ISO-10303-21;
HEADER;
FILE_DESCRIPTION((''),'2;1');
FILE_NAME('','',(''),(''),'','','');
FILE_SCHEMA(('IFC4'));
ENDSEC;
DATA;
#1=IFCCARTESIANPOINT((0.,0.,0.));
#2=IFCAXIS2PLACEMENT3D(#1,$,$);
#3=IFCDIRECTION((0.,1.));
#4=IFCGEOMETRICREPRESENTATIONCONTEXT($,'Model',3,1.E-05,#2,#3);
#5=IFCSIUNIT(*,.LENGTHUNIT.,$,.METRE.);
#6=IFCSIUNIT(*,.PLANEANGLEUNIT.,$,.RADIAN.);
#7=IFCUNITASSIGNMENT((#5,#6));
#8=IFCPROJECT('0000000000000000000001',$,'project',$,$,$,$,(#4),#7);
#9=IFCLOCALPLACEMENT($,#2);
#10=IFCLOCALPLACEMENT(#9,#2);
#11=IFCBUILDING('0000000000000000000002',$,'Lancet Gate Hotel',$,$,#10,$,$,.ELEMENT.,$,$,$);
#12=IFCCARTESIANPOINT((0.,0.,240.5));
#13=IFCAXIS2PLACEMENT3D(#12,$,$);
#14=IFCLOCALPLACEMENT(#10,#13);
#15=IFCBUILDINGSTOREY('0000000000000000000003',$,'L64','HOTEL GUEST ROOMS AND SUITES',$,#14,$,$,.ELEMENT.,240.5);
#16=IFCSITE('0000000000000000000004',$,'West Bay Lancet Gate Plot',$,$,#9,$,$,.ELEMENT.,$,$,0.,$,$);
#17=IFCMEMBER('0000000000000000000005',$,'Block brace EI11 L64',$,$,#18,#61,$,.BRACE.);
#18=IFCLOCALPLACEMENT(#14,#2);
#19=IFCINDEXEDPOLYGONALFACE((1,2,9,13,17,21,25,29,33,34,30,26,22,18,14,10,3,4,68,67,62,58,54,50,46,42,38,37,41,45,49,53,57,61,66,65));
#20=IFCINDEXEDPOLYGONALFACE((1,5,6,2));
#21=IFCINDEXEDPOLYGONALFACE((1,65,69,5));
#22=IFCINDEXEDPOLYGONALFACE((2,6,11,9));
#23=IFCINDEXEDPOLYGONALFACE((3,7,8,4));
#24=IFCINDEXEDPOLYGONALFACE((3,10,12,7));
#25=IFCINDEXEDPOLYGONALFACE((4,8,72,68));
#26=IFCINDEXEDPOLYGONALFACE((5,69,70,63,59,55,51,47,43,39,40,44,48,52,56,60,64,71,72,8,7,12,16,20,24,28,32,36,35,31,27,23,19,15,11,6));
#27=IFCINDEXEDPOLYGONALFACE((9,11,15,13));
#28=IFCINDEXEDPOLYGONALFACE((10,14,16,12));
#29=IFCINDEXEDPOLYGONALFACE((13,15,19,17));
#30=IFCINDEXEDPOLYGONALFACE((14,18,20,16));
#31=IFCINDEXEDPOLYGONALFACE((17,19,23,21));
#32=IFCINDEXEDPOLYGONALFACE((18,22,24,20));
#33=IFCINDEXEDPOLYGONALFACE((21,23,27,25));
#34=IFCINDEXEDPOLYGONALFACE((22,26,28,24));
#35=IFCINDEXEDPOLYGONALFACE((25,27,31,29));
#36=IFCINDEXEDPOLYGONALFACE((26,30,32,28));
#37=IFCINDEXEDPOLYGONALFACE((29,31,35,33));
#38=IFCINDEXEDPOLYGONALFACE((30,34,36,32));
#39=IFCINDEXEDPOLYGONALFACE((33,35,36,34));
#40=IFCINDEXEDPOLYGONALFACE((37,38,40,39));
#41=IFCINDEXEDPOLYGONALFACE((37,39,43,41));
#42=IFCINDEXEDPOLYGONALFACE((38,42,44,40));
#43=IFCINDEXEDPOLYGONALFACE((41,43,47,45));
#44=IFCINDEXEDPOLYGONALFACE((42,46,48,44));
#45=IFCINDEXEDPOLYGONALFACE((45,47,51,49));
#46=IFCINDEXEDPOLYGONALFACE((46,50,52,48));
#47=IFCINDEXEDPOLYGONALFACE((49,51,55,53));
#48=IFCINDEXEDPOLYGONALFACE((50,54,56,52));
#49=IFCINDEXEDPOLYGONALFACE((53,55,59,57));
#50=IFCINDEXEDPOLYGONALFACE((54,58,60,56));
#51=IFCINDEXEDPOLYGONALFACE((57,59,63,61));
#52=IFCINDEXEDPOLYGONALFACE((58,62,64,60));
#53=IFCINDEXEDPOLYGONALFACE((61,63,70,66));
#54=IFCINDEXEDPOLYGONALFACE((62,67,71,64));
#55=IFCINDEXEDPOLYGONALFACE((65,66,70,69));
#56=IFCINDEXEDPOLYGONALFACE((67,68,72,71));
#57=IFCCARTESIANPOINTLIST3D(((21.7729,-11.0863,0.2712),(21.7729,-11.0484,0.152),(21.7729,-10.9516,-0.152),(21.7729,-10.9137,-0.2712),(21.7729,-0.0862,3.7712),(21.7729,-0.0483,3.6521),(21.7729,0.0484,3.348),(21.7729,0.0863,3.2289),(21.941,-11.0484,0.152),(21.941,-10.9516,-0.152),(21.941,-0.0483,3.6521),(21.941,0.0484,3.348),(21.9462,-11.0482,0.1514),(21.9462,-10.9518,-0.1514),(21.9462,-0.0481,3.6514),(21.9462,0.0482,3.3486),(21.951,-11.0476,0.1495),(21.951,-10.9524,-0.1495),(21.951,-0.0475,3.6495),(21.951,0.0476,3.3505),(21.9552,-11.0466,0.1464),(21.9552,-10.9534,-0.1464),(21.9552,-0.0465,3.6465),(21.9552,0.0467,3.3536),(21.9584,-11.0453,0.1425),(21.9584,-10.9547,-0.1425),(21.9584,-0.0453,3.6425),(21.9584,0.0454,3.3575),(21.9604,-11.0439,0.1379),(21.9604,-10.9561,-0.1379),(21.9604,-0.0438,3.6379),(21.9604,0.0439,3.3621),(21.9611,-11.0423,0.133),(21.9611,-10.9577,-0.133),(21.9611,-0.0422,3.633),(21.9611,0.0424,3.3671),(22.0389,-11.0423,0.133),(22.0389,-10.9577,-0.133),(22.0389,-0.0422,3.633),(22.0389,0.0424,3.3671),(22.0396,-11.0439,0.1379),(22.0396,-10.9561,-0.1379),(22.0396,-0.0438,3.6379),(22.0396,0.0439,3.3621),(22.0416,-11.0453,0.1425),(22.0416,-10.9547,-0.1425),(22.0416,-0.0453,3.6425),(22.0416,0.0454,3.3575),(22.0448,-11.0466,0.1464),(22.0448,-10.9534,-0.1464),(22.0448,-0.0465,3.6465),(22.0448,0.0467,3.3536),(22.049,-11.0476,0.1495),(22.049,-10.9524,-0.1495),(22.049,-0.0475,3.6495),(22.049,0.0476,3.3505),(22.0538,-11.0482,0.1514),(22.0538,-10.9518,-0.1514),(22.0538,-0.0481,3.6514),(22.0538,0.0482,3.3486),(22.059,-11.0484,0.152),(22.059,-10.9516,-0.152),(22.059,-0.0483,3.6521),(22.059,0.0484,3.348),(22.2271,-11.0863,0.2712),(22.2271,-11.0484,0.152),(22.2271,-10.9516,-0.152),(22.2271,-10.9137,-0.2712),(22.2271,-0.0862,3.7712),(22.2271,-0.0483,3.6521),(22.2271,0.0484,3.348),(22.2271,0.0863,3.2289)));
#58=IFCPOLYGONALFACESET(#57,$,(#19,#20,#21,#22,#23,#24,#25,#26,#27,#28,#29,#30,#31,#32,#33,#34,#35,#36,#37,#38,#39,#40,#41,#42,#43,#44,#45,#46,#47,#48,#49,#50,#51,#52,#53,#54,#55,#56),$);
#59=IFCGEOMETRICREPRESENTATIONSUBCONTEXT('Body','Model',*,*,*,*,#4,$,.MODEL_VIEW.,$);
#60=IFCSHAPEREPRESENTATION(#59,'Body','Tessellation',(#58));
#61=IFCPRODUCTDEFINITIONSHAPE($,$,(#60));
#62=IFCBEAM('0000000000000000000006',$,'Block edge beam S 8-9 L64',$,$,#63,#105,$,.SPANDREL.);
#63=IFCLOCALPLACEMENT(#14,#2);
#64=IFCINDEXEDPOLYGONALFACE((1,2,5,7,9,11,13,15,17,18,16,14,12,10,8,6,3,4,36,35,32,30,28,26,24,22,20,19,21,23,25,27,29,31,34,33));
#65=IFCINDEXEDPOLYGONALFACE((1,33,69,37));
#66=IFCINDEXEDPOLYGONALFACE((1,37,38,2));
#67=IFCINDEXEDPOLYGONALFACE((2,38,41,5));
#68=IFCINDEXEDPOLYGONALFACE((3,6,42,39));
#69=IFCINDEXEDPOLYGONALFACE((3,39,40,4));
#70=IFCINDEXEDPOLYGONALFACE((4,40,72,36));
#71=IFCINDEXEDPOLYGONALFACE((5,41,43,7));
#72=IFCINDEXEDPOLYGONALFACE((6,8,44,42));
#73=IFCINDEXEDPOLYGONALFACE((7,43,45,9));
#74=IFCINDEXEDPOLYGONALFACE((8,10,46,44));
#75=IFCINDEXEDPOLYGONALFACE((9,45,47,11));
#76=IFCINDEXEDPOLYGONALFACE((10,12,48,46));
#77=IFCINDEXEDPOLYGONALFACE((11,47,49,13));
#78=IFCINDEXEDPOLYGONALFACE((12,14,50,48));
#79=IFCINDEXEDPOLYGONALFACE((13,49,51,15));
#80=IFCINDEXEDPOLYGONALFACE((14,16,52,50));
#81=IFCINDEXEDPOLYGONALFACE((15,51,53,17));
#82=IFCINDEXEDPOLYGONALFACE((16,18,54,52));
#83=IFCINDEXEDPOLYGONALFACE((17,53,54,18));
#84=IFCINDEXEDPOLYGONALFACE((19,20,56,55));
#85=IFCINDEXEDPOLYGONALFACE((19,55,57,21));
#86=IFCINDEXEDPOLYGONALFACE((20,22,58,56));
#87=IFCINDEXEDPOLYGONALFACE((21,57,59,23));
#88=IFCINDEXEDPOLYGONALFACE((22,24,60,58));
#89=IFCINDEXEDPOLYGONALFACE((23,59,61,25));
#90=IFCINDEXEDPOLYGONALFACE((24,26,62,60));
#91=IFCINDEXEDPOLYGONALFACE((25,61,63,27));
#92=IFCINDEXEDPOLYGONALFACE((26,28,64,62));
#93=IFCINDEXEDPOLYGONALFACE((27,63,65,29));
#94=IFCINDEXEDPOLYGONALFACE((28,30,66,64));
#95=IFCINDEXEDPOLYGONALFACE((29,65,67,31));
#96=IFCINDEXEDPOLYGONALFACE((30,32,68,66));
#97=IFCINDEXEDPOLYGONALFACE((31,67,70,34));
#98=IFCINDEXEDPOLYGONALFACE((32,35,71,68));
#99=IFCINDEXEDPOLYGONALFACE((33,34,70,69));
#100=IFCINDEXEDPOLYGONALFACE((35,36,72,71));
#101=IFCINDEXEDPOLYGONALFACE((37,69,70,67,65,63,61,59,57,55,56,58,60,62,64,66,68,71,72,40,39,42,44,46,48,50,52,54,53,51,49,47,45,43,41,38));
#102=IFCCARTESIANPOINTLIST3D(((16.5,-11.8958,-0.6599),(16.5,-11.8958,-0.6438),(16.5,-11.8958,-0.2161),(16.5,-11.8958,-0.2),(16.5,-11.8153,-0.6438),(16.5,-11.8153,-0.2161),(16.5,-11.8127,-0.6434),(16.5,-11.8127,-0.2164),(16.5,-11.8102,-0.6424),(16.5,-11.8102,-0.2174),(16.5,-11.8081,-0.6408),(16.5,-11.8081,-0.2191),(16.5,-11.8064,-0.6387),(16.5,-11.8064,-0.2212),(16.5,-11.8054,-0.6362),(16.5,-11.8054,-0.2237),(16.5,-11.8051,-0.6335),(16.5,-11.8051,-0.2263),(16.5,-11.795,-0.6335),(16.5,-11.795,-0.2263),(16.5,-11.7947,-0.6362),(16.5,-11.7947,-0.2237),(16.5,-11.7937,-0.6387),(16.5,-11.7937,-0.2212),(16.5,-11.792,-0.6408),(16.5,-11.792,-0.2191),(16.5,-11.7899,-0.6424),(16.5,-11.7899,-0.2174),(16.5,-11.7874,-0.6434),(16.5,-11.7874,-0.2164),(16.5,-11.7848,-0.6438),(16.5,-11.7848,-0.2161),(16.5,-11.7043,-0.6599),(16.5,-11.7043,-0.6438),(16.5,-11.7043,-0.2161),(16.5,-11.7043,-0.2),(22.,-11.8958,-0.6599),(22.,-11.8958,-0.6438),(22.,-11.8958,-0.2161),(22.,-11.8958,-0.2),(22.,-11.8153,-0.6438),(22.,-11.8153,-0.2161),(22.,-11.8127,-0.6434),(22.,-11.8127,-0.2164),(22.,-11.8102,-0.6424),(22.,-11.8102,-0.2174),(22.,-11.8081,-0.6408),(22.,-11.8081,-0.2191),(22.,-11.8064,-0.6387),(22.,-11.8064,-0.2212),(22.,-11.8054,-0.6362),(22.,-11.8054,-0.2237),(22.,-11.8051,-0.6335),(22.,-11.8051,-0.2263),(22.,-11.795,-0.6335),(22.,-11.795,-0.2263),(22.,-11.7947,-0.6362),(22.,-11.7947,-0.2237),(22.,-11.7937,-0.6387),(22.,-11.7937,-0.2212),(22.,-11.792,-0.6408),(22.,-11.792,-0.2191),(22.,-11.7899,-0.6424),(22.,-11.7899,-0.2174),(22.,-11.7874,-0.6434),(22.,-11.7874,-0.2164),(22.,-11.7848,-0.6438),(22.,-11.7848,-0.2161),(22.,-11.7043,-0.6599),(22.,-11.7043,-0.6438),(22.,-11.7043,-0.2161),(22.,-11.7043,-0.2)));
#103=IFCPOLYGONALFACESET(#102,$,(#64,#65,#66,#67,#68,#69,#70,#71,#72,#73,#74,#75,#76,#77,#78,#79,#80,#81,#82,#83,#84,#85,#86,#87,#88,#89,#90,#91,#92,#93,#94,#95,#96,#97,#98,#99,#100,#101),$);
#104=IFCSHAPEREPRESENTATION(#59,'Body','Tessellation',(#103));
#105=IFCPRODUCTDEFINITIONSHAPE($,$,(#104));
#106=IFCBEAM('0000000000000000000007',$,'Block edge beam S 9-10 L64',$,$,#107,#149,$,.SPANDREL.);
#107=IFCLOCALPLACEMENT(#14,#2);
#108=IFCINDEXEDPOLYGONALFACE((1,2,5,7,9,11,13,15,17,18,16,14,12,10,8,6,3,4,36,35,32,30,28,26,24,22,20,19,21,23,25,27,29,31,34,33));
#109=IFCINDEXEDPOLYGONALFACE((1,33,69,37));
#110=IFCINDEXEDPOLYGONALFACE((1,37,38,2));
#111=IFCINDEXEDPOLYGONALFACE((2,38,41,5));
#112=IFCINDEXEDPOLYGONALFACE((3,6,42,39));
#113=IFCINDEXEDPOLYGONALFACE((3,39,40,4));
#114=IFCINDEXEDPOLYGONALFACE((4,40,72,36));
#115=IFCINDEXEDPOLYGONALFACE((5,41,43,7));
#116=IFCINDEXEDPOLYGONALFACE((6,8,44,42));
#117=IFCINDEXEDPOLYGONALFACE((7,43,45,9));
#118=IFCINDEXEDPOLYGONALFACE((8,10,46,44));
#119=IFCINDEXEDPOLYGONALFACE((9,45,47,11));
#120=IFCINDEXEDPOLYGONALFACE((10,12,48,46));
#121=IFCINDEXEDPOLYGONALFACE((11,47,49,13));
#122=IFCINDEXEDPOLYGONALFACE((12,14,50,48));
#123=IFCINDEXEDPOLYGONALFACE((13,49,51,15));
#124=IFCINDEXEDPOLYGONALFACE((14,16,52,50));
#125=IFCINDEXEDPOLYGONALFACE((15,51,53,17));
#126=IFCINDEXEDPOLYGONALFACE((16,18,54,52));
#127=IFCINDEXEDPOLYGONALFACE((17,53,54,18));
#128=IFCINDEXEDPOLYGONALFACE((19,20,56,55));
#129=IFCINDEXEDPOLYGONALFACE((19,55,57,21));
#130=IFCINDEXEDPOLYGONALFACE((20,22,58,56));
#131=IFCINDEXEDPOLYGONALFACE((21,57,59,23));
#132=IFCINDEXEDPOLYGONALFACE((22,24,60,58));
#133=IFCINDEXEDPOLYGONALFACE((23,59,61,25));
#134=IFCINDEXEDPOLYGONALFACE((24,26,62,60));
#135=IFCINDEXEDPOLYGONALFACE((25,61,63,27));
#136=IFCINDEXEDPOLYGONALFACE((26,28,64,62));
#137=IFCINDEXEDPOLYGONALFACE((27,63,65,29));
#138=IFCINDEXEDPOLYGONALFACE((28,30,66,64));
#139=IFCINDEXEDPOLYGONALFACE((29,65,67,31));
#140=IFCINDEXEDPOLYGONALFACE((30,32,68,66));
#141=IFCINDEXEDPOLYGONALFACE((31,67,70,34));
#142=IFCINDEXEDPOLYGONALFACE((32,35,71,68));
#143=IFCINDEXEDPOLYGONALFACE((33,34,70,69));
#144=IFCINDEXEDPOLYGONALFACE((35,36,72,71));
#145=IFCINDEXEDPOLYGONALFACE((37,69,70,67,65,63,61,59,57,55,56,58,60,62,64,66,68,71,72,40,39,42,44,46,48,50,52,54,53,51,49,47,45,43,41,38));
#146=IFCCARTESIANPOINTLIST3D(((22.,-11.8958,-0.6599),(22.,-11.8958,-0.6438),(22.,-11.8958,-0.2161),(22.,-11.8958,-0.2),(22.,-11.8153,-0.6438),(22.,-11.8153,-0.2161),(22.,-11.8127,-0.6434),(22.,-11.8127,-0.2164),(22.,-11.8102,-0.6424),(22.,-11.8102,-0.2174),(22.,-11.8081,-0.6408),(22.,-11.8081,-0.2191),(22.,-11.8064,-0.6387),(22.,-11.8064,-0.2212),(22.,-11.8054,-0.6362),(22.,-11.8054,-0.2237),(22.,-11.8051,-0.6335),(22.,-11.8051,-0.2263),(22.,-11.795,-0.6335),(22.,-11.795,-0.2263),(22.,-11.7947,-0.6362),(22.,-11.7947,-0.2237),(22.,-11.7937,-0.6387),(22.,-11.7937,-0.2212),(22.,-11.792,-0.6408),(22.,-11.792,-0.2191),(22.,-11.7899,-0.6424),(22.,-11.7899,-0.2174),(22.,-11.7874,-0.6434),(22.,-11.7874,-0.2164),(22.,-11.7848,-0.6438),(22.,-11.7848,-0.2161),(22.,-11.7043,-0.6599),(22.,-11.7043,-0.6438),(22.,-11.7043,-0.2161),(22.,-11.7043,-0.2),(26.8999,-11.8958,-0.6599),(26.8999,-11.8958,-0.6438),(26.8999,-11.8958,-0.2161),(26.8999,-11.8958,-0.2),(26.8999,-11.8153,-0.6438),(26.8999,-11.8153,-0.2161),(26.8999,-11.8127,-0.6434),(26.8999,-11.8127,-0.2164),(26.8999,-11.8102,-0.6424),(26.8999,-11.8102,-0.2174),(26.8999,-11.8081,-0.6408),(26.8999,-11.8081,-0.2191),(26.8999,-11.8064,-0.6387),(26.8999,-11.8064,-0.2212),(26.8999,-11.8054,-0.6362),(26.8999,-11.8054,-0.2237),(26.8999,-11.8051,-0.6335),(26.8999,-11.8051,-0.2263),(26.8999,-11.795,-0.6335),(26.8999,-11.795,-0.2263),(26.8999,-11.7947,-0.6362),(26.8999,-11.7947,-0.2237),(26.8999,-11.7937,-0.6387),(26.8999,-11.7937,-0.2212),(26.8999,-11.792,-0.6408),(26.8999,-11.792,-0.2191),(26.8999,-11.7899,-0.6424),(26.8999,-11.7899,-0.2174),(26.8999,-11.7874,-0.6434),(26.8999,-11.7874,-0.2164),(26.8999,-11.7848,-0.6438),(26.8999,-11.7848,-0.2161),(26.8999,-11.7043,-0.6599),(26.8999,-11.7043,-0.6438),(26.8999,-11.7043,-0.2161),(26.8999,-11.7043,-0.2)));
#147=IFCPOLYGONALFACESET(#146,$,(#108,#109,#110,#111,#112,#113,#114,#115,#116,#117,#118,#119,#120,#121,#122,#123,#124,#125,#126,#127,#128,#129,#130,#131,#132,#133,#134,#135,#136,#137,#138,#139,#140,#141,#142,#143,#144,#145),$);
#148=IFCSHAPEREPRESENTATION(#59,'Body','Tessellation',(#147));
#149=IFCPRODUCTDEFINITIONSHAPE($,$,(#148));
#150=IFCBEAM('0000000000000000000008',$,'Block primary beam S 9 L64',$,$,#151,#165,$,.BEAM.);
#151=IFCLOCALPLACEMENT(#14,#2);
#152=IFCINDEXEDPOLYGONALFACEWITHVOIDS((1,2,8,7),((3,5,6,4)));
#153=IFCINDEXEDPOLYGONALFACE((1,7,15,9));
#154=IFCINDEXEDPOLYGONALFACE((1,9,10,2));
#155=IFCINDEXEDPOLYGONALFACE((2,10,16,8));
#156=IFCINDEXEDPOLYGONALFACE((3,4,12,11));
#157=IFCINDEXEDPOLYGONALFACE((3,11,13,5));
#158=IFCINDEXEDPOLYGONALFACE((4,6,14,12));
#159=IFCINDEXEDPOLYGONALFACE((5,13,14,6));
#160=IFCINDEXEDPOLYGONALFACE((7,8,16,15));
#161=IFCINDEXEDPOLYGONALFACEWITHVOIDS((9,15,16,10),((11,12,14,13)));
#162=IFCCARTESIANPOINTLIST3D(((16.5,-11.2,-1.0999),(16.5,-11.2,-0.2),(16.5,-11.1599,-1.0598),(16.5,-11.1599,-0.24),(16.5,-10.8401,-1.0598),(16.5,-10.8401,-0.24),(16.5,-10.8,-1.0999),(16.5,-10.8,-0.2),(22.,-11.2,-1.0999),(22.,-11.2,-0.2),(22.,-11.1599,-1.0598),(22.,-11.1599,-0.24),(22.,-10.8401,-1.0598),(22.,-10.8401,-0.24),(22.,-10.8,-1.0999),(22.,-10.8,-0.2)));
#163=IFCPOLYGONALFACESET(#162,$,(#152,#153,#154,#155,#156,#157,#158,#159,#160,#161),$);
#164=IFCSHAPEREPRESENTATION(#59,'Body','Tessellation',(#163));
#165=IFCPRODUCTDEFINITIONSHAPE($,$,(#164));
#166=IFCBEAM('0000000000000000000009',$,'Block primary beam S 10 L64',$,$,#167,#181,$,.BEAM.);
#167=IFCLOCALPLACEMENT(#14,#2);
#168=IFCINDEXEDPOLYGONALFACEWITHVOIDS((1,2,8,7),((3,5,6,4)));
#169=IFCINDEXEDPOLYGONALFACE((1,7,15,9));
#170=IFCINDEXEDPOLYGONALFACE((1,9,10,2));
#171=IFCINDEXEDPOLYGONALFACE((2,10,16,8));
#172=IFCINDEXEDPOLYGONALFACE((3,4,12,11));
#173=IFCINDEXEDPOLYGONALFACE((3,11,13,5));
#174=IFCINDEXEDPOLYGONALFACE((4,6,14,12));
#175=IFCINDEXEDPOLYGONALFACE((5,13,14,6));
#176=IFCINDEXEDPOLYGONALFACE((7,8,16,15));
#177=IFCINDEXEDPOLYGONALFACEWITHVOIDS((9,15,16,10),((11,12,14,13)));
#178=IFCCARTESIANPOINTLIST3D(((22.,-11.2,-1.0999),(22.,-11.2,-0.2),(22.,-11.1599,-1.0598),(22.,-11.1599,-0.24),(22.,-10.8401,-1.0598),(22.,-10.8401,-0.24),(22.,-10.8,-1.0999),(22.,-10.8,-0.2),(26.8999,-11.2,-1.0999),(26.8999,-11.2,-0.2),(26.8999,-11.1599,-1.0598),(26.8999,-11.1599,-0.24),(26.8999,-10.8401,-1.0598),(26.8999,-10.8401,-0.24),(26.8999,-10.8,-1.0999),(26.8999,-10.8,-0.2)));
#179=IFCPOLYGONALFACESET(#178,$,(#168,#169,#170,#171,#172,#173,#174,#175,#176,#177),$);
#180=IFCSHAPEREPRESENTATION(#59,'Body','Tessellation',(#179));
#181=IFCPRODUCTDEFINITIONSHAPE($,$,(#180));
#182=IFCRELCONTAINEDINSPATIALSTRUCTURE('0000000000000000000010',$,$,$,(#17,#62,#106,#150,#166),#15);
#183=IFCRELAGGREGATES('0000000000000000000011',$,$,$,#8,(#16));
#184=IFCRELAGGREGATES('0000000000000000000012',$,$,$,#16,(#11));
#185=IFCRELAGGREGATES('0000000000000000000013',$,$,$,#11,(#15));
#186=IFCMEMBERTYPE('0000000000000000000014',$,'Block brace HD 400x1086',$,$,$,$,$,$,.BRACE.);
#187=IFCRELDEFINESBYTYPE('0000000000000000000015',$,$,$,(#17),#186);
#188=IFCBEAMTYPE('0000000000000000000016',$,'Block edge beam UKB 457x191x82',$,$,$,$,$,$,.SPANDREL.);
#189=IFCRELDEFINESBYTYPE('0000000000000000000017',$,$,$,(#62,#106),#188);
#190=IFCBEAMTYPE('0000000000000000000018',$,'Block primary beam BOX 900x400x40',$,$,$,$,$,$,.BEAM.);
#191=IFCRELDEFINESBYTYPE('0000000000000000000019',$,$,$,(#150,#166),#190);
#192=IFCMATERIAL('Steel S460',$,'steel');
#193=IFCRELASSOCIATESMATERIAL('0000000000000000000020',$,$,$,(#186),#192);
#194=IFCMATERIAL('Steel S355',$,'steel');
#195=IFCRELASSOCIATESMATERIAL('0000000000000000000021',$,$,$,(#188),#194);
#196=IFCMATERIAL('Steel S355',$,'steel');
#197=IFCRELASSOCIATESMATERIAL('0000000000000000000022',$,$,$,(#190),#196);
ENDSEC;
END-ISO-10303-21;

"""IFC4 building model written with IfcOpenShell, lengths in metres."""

from ifc_helpers import new_model, si_unit, direction, frame, origin, origin_2d, place, context, subcontext, project, spatial, hollow_rectangle, i_section, extrude, material, material_profile, profile_set, type_object, element, save


model = new_model("IFC4")

# Units and contexts
model_context = context("Model", 3, precision=1e-05, world=origin(), true_north=direction((0.0, 1.0)))
body_context = subcontext(model_context, "Body", "Model", "MODEL_VIEW")
ifc_project = project(units=[si_unit("LENGTHUNIT", "METRE"), si_unit("PLANEANGLEUNIT", "RADIAN")], contexts=[model_context])

# Site, building, storey
site_placement = place(None, origin())
site = spatial("IfcSite", under=ifc_project, at=site_placement, Name="West Bay Lancet Gate Plot", CompositionType="ELEMENT", RefElevation=0.0)
building_placement = place(site_placement, origin())
building = spatial("IfcBuilding", under=site, at=building_placement, Name="Lancet Gate Hotel", CompositionType="ELEMENT")
storey_placement = place(building_placement, frame((0.0, 0.0, 240.5)))
storey = spatial("IfcBuildingStorey", under=building, at=storey_placement, Name="L64", Description="HOTEL GUEST ROOMS AND SUITES", CompositionType="ELEMENT", Elevation=240.5)

# Member
ifc_material_1 = material(Name="Steel S460", Category="steel")
ifc_material_profile_1 = material_profile(ifc_material_1, i_section(OverallWidth=0.4541, OverallDepth=0.5691, WebThickness=0.0779, FlangeThickness=0.125, FilletRadius=0.02, at=origin_2d()), Name="HD 400x1086")
ifc_profile_set_1 = profile_set([ifc_material_profile_1], Name="Steel S460")
member_type_1 = type_object("IfcMemberType", Name="Block brace HD 400x1086", PredefinedType="BRACE", material=ifc_profile_set_1)
member_1_placement = place(storey_placement, frame((22.0, -11.0, 0.0), z_axis=(0.0, 0.952926, 0.303204), x_axis=(-1.0, 0.0, 0.0)))
element("IfcMember", 1, at=member_1_placement, inside=storey, type_object=member_type_1, Name="Block brace EI11 L64", PredefinedType="BRACE", context=body_context, shape_type="SweptSolid", body=[
    extrude(i_section(OverallWidth=0.4541, OverallDepth=0.5691, WebThickness=0.0779, FlangeThickness=0.125, FilletRadius=0.02, at=origin_2d()), origin(), (0.0, 0.0, 1.0), 11.5435),
])

# Beams
ifc_material_2 = material(Name="Steel S355", Category="steel")
ifc_material_profile_2 = material_profile(ifc_material_2, i_section(OverallWidth=0.1914, OverallDepth=0.46, WebThickness=0.01, FlangeThickness=0.0161, FilletRadius=0.0103, at=origin_2d()), Name="UKB 457x191x82")
ifc_profile_set_2 = profile_set([ifc_material_profile_2], Name="Steel S355")
beam_type_1 = type_object("IfcBeamType", Name="Block edge beam UKB 457x191x82", PredefinedType="SPANDREL", material=ifc_profile_set_2)
beam_1_placement = place(storey_placement, frame((16.5, -11.8, -0.4299), z_axis=(1.0, 0.0, 0.0), x_axis=(0.0, 1.0, 0.0)))
element("IfcBeam", 2, at=beam_1_placement, inside=storey, type_object=beam_type_1, Name="Block edge beam S 8-9 L64", PredefinedType="SPANDREL", context=body_context, shape_type="SweptSolid", body=[
    extrude(i_section(OverallWidth=0.1914, OverallDepth=0.46, WebThickness=0.01, FlangeThickness=0.0161, FilletRadius=0.0103, at=origin_2d()), origin(), (0.0, 0.0, 1.0), 5.5),
])
beam_2_placement = place(storey_placement, frame((22.0, -11.8, -0.4299), z_axis=(1.0, 0.0, 0.0), x_axis=(0.0, 1.0, 0.0)))
element("IfcBeam", 3, at=beam_2_placement, inside=storey, type_object=beam_type_1, Name="Block edge beam S 9-10 L64", PredefinedType="SPANDREL", context=body_context, shape_type="SweptSolid", body=[
    extrude(i_section(OverallWidth=0.1914, OverallDepth=0.46, WebThickness=0.01, FlangeThickness=0.0161, FilletRadius=0.0103, at=origin_2d()), origin(), (0.0, 0.0, 1.0), 4.8999),
])
ifc_material_3 = material(Name="Steel S355", Category="steel")
ifc_material_profile_3 = material_profile(ifc_material_3, hollow_rectangle(XDim=0.3999, YDim=0.8999, WallThickness=0.04, at=origin_2d()), Name="BOX 900x400x40")
ifc_profile_set_3 = profile_set([ifc_material_profile_3], Name="Steel S355")
beam_type_2 = type_object("IfcBeamType", Name="Block primary beam BOX 900x400x40", PredefinedType="BEAM", material=ifc_profile_set_3)
beam_3_placement = place(storey_placement, frame((16.5, -11.0, -0.6499), z_axis=(1.0, 0.0, 0.0), x_axis=(0.0, 1.0, 0.0)))
element("IfcBeam", 4, at=beam_3_placement, inside=storey, type_object=beam_type_2, Name="Block primary beam S 9 L64", PredefinedType="BEAM", context=body_context, shape_type="SweptSolid", body=[
    extrude(hollow_rectangle(XDim=0.3999, YDim=0.8999, WallThickness=0.04, at=origin_2d()), origin(), (0.0, 0.0, 1.0), 5.5),
])
beam_4_placement = place(storey_placement, frame((22.0, -11.0, -0.6499), z_axis=(1.0, 0.0, 0.0), x_axis=(0.0, 1.0, 0.0)))
element("IfcBeam", 5, at=beam_4_placement, inside=storey, type_object=beam_type_2, Name="Block primary beam S 10 L64", PredefinedType="BEAM", context=body_context, shape_type="SweptSolid", body=[
    extrude(hollow_rectangle(XDim=0.3999, YDim=0.8999, WallThickness=0.04, at=origin_2d()), origin(), (0.0, 0.0, 1.0), 4.8999),
])

save(model, "model.ifc")
